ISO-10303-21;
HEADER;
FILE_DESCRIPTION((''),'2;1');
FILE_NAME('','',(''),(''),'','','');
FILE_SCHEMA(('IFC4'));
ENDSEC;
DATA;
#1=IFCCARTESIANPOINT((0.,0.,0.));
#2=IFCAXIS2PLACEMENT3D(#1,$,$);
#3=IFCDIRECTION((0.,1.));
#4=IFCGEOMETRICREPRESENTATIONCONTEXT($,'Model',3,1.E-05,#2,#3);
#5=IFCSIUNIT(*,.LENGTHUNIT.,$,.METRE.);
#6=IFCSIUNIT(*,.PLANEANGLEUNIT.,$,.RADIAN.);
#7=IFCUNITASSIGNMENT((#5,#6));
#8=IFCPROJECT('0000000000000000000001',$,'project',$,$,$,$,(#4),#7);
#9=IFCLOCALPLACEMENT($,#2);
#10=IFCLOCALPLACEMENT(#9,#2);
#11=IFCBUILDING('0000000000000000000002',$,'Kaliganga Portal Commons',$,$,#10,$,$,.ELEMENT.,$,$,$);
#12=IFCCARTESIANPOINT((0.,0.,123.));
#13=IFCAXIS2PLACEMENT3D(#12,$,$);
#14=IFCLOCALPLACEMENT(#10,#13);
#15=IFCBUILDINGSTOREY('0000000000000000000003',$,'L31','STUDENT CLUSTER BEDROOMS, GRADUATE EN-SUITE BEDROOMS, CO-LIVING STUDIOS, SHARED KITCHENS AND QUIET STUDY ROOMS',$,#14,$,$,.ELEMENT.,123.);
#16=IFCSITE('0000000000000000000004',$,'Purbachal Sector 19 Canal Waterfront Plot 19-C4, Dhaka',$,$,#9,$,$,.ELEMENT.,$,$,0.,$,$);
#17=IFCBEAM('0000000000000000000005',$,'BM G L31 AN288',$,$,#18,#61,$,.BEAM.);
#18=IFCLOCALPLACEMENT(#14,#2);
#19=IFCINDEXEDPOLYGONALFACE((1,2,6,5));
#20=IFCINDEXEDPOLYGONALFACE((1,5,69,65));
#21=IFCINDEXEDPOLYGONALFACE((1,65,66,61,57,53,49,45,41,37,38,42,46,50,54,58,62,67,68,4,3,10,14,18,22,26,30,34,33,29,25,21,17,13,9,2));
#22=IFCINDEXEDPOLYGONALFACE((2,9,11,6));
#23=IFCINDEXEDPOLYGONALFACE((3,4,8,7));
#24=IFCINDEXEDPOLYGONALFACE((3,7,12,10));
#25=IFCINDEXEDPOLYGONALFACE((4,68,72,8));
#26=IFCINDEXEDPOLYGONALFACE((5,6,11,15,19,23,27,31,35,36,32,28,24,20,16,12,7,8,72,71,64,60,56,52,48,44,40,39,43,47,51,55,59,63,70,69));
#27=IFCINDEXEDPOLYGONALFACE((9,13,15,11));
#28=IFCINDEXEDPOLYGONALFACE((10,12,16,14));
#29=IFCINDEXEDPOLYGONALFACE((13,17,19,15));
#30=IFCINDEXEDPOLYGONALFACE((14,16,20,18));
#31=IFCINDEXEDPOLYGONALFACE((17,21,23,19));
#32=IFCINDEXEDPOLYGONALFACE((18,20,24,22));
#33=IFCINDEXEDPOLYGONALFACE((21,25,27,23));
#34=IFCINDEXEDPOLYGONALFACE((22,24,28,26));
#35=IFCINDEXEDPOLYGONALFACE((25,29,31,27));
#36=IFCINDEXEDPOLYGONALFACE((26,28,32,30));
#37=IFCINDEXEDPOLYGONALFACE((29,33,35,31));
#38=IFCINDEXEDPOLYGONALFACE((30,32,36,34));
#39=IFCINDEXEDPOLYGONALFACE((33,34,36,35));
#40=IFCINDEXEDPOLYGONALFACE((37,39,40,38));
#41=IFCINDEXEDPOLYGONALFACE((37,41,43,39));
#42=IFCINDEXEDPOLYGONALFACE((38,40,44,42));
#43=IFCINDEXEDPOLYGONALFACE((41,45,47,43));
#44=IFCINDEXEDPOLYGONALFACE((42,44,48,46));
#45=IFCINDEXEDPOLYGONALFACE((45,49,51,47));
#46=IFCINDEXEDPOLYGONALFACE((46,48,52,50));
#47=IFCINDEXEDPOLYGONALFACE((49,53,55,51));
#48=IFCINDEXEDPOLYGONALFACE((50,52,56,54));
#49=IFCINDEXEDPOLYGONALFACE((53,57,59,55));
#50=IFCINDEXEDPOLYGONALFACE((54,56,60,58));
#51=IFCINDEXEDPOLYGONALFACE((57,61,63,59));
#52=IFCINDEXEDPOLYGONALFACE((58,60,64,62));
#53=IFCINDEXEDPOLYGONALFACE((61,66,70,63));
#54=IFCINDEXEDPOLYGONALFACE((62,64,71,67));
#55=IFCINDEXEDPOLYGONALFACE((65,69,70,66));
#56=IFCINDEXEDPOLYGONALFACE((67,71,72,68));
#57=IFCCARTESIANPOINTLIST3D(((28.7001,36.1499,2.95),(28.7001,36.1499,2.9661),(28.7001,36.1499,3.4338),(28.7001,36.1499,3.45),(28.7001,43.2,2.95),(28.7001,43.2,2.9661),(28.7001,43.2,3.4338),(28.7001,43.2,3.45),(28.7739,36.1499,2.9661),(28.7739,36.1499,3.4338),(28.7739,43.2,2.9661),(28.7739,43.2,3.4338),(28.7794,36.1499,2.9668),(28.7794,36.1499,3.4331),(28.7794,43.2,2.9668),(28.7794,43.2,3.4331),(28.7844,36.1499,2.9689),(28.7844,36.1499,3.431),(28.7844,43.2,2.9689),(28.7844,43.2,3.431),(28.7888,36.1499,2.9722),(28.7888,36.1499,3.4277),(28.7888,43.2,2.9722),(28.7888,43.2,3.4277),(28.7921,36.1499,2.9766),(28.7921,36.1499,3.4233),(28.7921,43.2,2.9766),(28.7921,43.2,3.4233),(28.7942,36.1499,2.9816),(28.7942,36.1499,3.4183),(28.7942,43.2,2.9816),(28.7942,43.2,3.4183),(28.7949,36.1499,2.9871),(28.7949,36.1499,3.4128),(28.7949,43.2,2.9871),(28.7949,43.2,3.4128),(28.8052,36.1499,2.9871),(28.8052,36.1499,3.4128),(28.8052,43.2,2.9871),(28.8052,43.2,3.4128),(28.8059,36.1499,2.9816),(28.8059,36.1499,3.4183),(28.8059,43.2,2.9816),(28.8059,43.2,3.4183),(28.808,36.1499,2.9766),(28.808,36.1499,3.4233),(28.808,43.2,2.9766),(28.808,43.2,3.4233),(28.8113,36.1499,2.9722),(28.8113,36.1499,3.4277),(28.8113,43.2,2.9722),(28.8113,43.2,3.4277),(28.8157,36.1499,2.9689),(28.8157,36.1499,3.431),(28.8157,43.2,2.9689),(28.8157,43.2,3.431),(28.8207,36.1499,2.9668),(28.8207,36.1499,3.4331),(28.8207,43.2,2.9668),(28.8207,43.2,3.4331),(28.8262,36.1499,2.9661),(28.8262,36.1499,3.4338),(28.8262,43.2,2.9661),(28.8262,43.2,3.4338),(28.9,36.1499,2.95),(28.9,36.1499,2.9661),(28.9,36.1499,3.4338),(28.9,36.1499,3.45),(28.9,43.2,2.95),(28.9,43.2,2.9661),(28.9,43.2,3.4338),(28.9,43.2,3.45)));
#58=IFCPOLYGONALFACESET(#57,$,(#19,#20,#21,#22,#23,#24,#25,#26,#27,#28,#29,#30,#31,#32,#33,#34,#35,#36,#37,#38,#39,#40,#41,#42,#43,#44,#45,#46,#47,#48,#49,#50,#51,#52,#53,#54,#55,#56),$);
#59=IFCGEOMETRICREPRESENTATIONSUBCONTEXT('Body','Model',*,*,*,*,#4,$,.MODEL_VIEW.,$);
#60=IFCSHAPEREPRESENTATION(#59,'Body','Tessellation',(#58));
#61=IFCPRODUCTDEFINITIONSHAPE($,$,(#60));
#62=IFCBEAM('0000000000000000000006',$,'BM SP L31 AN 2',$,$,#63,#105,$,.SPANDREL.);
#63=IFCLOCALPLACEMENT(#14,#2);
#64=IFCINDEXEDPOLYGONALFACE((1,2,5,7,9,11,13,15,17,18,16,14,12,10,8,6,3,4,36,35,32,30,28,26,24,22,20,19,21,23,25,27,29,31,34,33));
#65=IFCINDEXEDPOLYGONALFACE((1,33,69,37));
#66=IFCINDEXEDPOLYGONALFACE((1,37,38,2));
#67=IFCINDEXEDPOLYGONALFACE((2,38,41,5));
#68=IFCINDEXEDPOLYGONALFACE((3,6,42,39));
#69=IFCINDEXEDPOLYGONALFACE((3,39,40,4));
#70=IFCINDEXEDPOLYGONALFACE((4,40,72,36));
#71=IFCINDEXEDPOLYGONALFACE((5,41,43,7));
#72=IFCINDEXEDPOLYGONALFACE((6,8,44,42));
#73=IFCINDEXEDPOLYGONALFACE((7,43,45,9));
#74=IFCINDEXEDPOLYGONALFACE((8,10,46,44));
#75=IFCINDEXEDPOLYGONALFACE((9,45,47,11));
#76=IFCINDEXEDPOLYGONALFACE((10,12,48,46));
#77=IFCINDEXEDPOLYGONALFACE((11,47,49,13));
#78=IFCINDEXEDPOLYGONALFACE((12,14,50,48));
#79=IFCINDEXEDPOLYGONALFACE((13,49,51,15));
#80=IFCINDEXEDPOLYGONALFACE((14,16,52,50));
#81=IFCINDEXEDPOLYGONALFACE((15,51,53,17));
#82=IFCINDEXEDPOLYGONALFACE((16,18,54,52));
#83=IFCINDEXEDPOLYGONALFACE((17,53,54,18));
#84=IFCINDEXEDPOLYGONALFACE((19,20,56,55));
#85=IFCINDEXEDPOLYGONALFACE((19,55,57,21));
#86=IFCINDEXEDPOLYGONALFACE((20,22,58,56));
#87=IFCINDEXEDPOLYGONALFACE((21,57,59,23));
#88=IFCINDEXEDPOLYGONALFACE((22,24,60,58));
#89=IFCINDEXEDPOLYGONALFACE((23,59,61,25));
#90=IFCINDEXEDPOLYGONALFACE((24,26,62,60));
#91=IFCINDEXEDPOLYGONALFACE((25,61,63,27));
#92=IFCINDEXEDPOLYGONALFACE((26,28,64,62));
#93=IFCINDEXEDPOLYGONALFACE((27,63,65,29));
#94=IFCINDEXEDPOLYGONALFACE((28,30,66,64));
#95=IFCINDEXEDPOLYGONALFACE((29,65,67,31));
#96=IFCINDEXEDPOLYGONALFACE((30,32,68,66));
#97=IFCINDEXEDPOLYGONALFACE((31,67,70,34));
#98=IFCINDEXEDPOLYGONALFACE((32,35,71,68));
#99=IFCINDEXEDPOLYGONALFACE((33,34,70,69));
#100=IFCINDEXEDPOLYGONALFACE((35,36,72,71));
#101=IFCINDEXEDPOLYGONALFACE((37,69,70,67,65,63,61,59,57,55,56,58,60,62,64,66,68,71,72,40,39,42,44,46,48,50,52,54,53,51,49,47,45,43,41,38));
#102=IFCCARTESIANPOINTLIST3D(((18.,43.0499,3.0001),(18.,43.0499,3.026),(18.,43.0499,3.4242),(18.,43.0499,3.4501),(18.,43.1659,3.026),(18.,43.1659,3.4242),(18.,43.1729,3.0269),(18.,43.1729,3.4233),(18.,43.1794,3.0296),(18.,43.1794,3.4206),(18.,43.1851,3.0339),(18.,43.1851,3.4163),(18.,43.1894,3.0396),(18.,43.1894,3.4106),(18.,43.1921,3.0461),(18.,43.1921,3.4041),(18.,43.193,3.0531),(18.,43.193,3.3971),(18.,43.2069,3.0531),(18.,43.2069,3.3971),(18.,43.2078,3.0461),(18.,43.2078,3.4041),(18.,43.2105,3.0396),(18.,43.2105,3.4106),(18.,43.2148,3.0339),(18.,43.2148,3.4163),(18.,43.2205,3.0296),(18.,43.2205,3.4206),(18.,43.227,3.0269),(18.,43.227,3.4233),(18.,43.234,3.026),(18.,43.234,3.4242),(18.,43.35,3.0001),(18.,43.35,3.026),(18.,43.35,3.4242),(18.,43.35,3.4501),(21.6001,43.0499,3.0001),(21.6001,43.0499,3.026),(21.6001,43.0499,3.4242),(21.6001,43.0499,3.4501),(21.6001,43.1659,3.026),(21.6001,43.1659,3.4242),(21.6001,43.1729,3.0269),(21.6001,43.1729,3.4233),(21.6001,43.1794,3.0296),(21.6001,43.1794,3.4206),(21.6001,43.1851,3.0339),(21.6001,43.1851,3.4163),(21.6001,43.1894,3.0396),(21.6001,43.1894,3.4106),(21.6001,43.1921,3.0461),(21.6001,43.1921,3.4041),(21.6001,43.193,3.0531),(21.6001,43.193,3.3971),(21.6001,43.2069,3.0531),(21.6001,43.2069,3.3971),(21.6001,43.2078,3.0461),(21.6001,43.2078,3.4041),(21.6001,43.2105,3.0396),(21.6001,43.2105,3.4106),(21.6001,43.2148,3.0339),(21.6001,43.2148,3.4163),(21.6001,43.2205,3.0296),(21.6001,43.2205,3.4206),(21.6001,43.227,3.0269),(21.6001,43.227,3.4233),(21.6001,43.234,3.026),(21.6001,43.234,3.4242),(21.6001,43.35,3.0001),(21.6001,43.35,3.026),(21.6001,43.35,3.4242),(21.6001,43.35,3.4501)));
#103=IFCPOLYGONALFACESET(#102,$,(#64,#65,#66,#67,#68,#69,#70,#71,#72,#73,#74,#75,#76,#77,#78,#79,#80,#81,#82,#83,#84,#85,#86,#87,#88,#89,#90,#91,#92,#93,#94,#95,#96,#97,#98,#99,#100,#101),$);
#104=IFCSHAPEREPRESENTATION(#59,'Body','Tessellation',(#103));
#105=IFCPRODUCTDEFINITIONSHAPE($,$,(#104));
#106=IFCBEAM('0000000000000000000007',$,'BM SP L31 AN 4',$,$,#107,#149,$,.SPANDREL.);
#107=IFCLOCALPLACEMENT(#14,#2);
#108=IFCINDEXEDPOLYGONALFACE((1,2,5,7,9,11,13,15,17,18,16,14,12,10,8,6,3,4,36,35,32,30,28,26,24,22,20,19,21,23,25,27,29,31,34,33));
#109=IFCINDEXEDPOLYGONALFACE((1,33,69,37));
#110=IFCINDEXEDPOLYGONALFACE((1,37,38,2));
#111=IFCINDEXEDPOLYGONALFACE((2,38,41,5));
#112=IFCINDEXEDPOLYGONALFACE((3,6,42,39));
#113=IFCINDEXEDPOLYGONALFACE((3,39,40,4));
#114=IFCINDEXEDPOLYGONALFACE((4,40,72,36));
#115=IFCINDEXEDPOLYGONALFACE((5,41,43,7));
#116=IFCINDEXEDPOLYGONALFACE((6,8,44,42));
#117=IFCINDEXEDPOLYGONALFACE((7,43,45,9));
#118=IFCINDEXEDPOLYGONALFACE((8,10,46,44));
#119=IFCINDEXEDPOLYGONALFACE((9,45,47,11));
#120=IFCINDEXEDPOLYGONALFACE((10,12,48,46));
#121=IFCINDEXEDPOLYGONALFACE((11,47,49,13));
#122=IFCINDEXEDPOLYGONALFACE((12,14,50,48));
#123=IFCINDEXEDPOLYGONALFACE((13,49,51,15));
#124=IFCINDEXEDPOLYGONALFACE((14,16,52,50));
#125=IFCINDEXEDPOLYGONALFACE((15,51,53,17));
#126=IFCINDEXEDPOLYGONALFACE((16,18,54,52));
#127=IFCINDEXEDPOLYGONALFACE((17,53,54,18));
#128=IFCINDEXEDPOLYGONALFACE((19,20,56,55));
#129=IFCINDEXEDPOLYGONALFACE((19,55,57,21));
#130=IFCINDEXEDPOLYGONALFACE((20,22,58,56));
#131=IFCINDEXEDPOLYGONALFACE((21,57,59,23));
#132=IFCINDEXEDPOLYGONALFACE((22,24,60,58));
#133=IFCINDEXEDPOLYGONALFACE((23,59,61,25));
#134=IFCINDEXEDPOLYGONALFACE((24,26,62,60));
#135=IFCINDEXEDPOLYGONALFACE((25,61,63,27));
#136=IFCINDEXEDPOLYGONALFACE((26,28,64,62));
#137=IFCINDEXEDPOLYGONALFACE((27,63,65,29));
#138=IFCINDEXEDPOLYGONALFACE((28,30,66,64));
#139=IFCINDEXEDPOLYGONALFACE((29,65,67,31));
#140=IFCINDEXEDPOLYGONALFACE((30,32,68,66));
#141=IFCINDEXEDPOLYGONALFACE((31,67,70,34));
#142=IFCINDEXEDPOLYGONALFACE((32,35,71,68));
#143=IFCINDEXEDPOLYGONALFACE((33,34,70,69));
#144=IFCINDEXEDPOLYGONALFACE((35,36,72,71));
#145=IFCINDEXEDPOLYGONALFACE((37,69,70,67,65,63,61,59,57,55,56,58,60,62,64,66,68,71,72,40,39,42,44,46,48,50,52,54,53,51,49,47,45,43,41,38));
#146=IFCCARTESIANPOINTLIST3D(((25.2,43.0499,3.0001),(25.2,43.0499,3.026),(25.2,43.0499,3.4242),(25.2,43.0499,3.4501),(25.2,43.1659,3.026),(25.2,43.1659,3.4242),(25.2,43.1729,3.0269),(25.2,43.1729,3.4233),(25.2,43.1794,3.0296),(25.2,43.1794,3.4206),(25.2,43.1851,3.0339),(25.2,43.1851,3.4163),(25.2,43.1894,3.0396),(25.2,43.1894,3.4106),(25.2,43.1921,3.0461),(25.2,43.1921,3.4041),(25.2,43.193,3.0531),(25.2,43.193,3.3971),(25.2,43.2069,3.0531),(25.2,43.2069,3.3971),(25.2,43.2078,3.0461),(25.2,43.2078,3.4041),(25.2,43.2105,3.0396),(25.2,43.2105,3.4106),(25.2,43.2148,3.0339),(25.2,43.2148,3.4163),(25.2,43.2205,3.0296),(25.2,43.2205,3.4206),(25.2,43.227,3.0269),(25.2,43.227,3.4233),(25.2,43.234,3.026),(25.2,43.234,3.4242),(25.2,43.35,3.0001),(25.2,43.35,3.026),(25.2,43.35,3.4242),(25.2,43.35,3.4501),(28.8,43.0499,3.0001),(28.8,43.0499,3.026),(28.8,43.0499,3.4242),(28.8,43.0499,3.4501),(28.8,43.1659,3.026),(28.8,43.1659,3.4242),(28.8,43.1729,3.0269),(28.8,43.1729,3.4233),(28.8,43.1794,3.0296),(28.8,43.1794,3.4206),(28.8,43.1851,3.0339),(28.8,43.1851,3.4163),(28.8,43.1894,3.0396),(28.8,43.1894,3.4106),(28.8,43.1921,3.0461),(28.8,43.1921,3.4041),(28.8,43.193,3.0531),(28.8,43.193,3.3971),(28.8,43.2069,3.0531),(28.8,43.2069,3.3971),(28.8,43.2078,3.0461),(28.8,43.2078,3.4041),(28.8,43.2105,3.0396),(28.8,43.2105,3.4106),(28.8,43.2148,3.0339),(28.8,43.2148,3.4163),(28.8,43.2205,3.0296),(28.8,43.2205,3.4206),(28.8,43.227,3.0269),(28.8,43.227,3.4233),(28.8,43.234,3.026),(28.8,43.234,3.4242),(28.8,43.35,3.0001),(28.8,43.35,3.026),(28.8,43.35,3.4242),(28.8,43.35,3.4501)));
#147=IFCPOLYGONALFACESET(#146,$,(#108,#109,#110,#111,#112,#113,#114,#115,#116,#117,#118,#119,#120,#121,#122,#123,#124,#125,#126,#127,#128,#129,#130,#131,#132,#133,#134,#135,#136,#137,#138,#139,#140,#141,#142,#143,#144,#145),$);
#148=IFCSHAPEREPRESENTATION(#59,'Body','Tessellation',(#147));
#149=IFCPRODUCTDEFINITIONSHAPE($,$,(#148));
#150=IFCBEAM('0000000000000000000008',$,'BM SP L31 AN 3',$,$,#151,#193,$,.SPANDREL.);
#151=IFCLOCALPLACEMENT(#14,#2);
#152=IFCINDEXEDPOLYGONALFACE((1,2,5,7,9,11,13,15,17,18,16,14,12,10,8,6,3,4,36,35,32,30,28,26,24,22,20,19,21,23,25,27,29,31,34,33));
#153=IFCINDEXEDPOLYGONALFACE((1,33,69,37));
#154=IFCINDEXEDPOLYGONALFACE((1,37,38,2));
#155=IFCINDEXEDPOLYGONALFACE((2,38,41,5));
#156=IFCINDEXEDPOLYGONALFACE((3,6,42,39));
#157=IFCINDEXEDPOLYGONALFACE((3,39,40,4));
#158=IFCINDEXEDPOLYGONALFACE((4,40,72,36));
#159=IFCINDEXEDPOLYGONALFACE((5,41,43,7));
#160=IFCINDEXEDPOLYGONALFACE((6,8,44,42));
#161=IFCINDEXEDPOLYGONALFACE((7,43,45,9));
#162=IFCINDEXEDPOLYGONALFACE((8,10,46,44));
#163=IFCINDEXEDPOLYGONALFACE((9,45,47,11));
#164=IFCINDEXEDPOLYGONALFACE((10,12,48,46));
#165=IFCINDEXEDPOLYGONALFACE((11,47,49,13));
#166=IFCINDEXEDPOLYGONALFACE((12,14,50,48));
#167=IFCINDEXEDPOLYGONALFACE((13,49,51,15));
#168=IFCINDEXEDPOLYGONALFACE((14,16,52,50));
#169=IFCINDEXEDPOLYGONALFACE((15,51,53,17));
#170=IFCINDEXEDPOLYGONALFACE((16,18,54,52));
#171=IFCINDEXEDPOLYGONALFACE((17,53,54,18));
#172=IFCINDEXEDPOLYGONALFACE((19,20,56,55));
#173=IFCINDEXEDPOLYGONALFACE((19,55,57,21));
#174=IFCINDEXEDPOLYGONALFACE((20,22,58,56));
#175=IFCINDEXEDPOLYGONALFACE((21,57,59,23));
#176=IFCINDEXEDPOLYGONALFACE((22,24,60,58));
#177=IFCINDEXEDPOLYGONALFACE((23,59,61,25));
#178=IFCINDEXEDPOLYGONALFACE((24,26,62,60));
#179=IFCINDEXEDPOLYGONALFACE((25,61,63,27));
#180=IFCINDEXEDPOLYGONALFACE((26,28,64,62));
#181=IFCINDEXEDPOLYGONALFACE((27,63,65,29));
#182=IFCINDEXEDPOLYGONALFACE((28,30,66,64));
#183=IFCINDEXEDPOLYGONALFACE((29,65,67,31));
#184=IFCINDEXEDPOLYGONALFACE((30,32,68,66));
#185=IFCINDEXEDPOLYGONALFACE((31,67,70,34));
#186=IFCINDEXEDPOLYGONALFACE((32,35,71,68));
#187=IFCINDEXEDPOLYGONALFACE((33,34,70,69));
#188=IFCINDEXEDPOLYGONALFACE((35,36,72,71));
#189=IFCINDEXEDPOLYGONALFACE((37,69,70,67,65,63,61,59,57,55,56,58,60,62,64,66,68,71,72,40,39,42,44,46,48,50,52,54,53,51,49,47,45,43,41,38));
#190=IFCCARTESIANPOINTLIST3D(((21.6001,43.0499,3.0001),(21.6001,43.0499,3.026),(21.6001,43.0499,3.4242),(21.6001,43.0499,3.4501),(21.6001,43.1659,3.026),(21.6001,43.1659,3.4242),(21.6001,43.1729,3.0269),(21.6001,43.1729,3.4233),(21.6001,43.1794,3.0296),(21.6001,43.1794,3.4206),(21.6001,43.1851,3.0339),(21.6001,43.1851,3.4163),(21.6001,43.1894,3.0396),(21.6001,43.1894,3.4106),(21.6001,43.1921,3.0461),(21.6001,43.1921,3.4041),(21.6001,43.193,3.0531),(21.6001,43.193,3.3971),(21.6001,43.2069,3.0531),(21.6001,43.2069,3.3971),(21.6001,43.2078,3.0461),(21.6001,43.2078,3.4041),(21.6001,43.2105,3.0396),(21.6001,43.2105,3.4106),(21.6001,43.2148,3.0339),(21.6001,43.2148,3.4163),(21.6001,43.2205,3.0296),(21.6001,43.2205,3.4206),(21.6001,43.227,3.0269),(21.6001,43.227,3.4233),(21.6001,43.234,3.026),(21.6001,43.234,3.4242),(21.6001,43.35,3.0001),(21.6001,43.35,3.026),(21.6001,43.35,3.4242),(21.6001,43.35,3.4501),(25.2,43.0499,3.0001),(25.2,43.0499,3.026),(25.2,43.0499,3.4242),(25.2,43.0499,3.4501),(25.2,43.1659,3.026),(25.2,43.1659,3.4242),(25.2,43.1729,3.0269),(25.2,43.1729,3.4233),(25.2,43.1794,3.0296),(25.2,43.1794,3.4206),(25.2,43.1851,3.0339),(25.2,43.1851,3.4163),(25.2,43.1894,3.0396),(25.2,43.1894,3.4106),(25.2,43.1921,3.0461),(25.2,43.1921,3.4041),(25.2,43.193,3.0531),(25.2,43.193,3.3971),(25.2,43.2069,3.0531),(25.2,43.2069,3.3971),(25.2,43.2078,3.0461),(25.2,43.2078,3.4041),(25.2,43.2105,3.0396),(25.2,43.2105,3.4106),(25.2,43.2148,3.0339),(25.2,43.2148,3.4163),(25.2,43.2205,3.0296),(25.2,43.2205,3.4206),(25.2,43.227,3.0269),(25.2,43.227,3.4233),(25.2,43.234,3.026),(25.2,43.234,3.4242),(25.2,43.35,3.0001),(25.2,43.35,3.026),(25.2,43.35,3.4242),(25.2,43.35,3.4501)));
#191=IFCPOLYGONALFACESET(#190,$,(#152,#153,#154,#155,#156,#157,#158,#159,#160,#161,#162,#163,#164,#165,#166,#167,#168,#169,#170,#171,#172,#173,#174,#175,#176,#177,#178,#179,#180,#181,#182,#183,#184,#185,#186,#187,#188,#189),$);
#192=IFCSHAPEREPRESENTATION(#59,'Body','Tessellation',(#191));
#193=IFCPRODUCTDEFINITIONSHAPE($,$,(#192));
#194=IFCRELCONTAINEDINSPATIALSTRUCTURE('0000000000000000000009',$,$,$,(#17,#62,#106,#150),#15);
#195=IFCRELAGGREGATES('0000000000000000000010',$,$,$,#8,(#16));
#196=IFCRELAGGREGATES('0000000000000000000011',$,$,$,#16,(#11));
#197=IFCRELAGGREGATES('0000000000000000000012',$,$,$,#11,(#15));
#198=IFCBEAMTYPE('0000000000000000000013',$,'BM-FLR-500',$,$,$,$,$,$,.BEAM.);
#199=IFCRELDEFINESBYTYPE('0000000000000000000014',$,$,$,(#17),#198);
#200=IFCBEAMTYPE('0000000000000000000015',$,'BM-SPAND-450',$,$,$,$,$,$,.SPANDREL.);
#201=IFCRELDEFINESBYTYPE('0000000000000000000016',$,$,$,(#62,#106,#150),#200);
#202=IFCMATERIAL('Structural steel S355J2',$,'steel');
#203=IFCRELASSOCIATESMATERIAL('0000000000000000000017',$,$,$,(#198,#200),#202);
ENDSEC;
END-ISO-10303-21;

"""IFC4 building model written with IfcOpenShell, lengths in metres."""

from ifc_helpers import new_model, si_unit, direction, frame, origin, origin_2d, place, context, subcontext, project, spatial, i_section, extrude, source, transform, mapped, material, material_profile, profile_set, type_object, element, save


model = new_model("IFC4")

# Units and contexts
model_context = context("Model", 3, precision=1e-05, world=origin(), true_north=direction((0.0, 1.0)))
body_context = subcontext(model_context, "Body", "Model", "MODEL_VIEW")
ifc_project = project(units=[si_unit("LENGTHUNIT", "METRE"), si_unit("PLANEANGLEUNIT", "RADIAN")], contexts=[model_context])

# Site, building, storey
site_placement = place(None, origin())
site = spatial("IfcSite", under=ifc_project, at=site_placement, Name="Purbachal Sector 19 Canal Waterfront Plot 19-C4, Dhaka", CompositionType="ELEMENT", RefElevation=0.0)
building_placement = place(site_placement, origin())
building = spatial("IfcBuilding", under=site, at=building_placement, Name="Kaliganga Portal Commons", CompositionType="ELEMENT")
storey_placement = place(building_placement, frame((0.0, 0.0, 123.0)))
storey = spatial("IfcBuildingStorey", under=building, at=storey_placement, Name="L31", Description="STUDENT CLUSTER BEDROOMS, GRADUATE EN-SUITE BEDROOMS, CO-LIVING STUDIOS, SHARED KITCHENS AND QUIET STUDY ROOMS", CompositionType="ELEMENT", Elevation=123.0)

# Beams
ifc_material_1 = material(Name="Structural steel S355J2", Category="steel")
ifc_material_profile_1 = material_profile(ifc_material_1, i_section(OverallWidth=0.2, OverallDepth=0.5, WebThickness=0.0103, FlangeThickness=0.0161, FilletRadius=0.021, at=origin_2d()), Name="IPE 500")
ifc_profile_set_1 = profile_set([ifc_material_profile_1], Name="Structural steel S355J2 wide-flange")
beam_type_1 = type_object("IfcBeamType", Name="BM-FLR-500", PredefinedType="BEAM", material=ifc_profile_set_1)
shared_shape_1 = source(origin(), body_context, "Body", "SweptSolid", [
    extrude(i_section(OverallWidth=0.2, OverallDepth=0.5, WebThickness=0.0103, FlangeThickness=0.0161, FilletRadius=0.021, at=origin_2d()), origin(), (0.0, 0.0, 1.0), 7.05),
])
beam_1_placement = place(storey_placement, frame((28.8, 36.1499, 3.2), z_axis=(0.0, 1.0, 0.0), x_axis=(-1.0, 0.0, 0.0)))
element("IfcBeam", 1, at=beam_1_placement, inside=storey, type_object=beam_type_1, Name="BM G L31 AN288", PredefinedType="BEAM", context=body_context, shape_type="MappedRepresentation", body=[
    mapped(shared_shape_1, transform((0.0, 0.0, 0.0), x_axis=(1.0, 0.0, 0.0), y_axis=(0.0, 1.0, 0.0), z_axis=(0.0, 0.0, 1.0), scale=1.0)),
])
ifc_material_profile_2 = material_profile(ifc_material_1, i_section(OverallWidth=0.3, OverallDepth=0.45, WebThickness=0.0139, FlangeThickness=0.0259, FilletRadius=0.0271, at=origin_2d()), Name="HE 450 B")
ifc_profile_set_2 = profile_set([ifc_material_profile_2], Name="Structural steel S355J2 wide-flange")
beam_type_2 = type_object("IfcBeamType", Name="BM-SPAND-450", PredefinedType="SPANDREL", material=ifc_profile_set_2)
shared_shape_2 = source(origin(), body_context, "Body", "SweptSolid", [
    extrude(i_section(OverallWidth=0.3, OverallDepth=0.45, WebThickness=0.0139, FlangeThickness=0.0259, FilletRadius=0.0271, at=origin_2d()), origin(), (0.0, 0.0, 1.0), 3.6001),
])
for number, where, z_axis, x_axis, name in (
    (2, (18.0, 43.2, 3.2251), (1.0, 0.0, 0.0), (0.0, 1.0, 0.0), "BM SP L31 AN 2"),
    (3, (25.2, 43.2, 3.2251), (1.0, 0.0, 0.0), (0.0, 1.0, 0.0), "BM SP L31 AN 4"),
):
    element("IfcBeam", number, at=place(storey_placement, frame(where, z_axis=z_axis, x_axis=x_axis)), inside=storey, type_object=beam_type_2, Name=name, PredefinedType="SPANDREL", context=body_context, shape_type="MappedRepresentation", body=[
        mapped(shared_shape_2, transform((0.0, 0.0, 0.0), x_axis=(1.0, 0.0, 0.0), y_axis=(0.0, 1.0, 0.0), z_axis=(0.0, 0.0, 1.0), scale=1.0)),
    ])
shared_shape_3 = source(origin(), body_context, "Body", "SweptSolid", [
    extrude(i_section(OverallWidth=0.3, OverallDepth=0.45, WebThickness=0.0139, FlangeThickness=0.0259, FilletRadius=0.0271, at=origin_2d()), origin(), (0.0, 0.0, 1.0), 3.5999),
])
for number, where, z_axis, x_axis, name in (
    (4, (21.6001, 43.2, 3.2251), (1.0, 0.0, 0.0), (0.0, 1.0, 0.0), "BM SP L31 AN 3"),
):
    element("IfcBeam", number, at=place(storey_placement, frame(where, z_axis=z_axis, x_axis=x_axis)), inside=storey, type_object=beam_type_2, Name=name, PredefinedType="SPANDREL", context=body_context, shape_type="MappedRepresentation", body=[
        mapped(shared_shape_3, transform((0.0, 0.0, 0.0), x_axis=(1.0, 0.0, 0.0), y_axis=(0.0, 1.0, 0.0), z_axis=(0.0, 0.0, 1.0), scale=1.0)),
    ])

save(model, "model.ifc")
